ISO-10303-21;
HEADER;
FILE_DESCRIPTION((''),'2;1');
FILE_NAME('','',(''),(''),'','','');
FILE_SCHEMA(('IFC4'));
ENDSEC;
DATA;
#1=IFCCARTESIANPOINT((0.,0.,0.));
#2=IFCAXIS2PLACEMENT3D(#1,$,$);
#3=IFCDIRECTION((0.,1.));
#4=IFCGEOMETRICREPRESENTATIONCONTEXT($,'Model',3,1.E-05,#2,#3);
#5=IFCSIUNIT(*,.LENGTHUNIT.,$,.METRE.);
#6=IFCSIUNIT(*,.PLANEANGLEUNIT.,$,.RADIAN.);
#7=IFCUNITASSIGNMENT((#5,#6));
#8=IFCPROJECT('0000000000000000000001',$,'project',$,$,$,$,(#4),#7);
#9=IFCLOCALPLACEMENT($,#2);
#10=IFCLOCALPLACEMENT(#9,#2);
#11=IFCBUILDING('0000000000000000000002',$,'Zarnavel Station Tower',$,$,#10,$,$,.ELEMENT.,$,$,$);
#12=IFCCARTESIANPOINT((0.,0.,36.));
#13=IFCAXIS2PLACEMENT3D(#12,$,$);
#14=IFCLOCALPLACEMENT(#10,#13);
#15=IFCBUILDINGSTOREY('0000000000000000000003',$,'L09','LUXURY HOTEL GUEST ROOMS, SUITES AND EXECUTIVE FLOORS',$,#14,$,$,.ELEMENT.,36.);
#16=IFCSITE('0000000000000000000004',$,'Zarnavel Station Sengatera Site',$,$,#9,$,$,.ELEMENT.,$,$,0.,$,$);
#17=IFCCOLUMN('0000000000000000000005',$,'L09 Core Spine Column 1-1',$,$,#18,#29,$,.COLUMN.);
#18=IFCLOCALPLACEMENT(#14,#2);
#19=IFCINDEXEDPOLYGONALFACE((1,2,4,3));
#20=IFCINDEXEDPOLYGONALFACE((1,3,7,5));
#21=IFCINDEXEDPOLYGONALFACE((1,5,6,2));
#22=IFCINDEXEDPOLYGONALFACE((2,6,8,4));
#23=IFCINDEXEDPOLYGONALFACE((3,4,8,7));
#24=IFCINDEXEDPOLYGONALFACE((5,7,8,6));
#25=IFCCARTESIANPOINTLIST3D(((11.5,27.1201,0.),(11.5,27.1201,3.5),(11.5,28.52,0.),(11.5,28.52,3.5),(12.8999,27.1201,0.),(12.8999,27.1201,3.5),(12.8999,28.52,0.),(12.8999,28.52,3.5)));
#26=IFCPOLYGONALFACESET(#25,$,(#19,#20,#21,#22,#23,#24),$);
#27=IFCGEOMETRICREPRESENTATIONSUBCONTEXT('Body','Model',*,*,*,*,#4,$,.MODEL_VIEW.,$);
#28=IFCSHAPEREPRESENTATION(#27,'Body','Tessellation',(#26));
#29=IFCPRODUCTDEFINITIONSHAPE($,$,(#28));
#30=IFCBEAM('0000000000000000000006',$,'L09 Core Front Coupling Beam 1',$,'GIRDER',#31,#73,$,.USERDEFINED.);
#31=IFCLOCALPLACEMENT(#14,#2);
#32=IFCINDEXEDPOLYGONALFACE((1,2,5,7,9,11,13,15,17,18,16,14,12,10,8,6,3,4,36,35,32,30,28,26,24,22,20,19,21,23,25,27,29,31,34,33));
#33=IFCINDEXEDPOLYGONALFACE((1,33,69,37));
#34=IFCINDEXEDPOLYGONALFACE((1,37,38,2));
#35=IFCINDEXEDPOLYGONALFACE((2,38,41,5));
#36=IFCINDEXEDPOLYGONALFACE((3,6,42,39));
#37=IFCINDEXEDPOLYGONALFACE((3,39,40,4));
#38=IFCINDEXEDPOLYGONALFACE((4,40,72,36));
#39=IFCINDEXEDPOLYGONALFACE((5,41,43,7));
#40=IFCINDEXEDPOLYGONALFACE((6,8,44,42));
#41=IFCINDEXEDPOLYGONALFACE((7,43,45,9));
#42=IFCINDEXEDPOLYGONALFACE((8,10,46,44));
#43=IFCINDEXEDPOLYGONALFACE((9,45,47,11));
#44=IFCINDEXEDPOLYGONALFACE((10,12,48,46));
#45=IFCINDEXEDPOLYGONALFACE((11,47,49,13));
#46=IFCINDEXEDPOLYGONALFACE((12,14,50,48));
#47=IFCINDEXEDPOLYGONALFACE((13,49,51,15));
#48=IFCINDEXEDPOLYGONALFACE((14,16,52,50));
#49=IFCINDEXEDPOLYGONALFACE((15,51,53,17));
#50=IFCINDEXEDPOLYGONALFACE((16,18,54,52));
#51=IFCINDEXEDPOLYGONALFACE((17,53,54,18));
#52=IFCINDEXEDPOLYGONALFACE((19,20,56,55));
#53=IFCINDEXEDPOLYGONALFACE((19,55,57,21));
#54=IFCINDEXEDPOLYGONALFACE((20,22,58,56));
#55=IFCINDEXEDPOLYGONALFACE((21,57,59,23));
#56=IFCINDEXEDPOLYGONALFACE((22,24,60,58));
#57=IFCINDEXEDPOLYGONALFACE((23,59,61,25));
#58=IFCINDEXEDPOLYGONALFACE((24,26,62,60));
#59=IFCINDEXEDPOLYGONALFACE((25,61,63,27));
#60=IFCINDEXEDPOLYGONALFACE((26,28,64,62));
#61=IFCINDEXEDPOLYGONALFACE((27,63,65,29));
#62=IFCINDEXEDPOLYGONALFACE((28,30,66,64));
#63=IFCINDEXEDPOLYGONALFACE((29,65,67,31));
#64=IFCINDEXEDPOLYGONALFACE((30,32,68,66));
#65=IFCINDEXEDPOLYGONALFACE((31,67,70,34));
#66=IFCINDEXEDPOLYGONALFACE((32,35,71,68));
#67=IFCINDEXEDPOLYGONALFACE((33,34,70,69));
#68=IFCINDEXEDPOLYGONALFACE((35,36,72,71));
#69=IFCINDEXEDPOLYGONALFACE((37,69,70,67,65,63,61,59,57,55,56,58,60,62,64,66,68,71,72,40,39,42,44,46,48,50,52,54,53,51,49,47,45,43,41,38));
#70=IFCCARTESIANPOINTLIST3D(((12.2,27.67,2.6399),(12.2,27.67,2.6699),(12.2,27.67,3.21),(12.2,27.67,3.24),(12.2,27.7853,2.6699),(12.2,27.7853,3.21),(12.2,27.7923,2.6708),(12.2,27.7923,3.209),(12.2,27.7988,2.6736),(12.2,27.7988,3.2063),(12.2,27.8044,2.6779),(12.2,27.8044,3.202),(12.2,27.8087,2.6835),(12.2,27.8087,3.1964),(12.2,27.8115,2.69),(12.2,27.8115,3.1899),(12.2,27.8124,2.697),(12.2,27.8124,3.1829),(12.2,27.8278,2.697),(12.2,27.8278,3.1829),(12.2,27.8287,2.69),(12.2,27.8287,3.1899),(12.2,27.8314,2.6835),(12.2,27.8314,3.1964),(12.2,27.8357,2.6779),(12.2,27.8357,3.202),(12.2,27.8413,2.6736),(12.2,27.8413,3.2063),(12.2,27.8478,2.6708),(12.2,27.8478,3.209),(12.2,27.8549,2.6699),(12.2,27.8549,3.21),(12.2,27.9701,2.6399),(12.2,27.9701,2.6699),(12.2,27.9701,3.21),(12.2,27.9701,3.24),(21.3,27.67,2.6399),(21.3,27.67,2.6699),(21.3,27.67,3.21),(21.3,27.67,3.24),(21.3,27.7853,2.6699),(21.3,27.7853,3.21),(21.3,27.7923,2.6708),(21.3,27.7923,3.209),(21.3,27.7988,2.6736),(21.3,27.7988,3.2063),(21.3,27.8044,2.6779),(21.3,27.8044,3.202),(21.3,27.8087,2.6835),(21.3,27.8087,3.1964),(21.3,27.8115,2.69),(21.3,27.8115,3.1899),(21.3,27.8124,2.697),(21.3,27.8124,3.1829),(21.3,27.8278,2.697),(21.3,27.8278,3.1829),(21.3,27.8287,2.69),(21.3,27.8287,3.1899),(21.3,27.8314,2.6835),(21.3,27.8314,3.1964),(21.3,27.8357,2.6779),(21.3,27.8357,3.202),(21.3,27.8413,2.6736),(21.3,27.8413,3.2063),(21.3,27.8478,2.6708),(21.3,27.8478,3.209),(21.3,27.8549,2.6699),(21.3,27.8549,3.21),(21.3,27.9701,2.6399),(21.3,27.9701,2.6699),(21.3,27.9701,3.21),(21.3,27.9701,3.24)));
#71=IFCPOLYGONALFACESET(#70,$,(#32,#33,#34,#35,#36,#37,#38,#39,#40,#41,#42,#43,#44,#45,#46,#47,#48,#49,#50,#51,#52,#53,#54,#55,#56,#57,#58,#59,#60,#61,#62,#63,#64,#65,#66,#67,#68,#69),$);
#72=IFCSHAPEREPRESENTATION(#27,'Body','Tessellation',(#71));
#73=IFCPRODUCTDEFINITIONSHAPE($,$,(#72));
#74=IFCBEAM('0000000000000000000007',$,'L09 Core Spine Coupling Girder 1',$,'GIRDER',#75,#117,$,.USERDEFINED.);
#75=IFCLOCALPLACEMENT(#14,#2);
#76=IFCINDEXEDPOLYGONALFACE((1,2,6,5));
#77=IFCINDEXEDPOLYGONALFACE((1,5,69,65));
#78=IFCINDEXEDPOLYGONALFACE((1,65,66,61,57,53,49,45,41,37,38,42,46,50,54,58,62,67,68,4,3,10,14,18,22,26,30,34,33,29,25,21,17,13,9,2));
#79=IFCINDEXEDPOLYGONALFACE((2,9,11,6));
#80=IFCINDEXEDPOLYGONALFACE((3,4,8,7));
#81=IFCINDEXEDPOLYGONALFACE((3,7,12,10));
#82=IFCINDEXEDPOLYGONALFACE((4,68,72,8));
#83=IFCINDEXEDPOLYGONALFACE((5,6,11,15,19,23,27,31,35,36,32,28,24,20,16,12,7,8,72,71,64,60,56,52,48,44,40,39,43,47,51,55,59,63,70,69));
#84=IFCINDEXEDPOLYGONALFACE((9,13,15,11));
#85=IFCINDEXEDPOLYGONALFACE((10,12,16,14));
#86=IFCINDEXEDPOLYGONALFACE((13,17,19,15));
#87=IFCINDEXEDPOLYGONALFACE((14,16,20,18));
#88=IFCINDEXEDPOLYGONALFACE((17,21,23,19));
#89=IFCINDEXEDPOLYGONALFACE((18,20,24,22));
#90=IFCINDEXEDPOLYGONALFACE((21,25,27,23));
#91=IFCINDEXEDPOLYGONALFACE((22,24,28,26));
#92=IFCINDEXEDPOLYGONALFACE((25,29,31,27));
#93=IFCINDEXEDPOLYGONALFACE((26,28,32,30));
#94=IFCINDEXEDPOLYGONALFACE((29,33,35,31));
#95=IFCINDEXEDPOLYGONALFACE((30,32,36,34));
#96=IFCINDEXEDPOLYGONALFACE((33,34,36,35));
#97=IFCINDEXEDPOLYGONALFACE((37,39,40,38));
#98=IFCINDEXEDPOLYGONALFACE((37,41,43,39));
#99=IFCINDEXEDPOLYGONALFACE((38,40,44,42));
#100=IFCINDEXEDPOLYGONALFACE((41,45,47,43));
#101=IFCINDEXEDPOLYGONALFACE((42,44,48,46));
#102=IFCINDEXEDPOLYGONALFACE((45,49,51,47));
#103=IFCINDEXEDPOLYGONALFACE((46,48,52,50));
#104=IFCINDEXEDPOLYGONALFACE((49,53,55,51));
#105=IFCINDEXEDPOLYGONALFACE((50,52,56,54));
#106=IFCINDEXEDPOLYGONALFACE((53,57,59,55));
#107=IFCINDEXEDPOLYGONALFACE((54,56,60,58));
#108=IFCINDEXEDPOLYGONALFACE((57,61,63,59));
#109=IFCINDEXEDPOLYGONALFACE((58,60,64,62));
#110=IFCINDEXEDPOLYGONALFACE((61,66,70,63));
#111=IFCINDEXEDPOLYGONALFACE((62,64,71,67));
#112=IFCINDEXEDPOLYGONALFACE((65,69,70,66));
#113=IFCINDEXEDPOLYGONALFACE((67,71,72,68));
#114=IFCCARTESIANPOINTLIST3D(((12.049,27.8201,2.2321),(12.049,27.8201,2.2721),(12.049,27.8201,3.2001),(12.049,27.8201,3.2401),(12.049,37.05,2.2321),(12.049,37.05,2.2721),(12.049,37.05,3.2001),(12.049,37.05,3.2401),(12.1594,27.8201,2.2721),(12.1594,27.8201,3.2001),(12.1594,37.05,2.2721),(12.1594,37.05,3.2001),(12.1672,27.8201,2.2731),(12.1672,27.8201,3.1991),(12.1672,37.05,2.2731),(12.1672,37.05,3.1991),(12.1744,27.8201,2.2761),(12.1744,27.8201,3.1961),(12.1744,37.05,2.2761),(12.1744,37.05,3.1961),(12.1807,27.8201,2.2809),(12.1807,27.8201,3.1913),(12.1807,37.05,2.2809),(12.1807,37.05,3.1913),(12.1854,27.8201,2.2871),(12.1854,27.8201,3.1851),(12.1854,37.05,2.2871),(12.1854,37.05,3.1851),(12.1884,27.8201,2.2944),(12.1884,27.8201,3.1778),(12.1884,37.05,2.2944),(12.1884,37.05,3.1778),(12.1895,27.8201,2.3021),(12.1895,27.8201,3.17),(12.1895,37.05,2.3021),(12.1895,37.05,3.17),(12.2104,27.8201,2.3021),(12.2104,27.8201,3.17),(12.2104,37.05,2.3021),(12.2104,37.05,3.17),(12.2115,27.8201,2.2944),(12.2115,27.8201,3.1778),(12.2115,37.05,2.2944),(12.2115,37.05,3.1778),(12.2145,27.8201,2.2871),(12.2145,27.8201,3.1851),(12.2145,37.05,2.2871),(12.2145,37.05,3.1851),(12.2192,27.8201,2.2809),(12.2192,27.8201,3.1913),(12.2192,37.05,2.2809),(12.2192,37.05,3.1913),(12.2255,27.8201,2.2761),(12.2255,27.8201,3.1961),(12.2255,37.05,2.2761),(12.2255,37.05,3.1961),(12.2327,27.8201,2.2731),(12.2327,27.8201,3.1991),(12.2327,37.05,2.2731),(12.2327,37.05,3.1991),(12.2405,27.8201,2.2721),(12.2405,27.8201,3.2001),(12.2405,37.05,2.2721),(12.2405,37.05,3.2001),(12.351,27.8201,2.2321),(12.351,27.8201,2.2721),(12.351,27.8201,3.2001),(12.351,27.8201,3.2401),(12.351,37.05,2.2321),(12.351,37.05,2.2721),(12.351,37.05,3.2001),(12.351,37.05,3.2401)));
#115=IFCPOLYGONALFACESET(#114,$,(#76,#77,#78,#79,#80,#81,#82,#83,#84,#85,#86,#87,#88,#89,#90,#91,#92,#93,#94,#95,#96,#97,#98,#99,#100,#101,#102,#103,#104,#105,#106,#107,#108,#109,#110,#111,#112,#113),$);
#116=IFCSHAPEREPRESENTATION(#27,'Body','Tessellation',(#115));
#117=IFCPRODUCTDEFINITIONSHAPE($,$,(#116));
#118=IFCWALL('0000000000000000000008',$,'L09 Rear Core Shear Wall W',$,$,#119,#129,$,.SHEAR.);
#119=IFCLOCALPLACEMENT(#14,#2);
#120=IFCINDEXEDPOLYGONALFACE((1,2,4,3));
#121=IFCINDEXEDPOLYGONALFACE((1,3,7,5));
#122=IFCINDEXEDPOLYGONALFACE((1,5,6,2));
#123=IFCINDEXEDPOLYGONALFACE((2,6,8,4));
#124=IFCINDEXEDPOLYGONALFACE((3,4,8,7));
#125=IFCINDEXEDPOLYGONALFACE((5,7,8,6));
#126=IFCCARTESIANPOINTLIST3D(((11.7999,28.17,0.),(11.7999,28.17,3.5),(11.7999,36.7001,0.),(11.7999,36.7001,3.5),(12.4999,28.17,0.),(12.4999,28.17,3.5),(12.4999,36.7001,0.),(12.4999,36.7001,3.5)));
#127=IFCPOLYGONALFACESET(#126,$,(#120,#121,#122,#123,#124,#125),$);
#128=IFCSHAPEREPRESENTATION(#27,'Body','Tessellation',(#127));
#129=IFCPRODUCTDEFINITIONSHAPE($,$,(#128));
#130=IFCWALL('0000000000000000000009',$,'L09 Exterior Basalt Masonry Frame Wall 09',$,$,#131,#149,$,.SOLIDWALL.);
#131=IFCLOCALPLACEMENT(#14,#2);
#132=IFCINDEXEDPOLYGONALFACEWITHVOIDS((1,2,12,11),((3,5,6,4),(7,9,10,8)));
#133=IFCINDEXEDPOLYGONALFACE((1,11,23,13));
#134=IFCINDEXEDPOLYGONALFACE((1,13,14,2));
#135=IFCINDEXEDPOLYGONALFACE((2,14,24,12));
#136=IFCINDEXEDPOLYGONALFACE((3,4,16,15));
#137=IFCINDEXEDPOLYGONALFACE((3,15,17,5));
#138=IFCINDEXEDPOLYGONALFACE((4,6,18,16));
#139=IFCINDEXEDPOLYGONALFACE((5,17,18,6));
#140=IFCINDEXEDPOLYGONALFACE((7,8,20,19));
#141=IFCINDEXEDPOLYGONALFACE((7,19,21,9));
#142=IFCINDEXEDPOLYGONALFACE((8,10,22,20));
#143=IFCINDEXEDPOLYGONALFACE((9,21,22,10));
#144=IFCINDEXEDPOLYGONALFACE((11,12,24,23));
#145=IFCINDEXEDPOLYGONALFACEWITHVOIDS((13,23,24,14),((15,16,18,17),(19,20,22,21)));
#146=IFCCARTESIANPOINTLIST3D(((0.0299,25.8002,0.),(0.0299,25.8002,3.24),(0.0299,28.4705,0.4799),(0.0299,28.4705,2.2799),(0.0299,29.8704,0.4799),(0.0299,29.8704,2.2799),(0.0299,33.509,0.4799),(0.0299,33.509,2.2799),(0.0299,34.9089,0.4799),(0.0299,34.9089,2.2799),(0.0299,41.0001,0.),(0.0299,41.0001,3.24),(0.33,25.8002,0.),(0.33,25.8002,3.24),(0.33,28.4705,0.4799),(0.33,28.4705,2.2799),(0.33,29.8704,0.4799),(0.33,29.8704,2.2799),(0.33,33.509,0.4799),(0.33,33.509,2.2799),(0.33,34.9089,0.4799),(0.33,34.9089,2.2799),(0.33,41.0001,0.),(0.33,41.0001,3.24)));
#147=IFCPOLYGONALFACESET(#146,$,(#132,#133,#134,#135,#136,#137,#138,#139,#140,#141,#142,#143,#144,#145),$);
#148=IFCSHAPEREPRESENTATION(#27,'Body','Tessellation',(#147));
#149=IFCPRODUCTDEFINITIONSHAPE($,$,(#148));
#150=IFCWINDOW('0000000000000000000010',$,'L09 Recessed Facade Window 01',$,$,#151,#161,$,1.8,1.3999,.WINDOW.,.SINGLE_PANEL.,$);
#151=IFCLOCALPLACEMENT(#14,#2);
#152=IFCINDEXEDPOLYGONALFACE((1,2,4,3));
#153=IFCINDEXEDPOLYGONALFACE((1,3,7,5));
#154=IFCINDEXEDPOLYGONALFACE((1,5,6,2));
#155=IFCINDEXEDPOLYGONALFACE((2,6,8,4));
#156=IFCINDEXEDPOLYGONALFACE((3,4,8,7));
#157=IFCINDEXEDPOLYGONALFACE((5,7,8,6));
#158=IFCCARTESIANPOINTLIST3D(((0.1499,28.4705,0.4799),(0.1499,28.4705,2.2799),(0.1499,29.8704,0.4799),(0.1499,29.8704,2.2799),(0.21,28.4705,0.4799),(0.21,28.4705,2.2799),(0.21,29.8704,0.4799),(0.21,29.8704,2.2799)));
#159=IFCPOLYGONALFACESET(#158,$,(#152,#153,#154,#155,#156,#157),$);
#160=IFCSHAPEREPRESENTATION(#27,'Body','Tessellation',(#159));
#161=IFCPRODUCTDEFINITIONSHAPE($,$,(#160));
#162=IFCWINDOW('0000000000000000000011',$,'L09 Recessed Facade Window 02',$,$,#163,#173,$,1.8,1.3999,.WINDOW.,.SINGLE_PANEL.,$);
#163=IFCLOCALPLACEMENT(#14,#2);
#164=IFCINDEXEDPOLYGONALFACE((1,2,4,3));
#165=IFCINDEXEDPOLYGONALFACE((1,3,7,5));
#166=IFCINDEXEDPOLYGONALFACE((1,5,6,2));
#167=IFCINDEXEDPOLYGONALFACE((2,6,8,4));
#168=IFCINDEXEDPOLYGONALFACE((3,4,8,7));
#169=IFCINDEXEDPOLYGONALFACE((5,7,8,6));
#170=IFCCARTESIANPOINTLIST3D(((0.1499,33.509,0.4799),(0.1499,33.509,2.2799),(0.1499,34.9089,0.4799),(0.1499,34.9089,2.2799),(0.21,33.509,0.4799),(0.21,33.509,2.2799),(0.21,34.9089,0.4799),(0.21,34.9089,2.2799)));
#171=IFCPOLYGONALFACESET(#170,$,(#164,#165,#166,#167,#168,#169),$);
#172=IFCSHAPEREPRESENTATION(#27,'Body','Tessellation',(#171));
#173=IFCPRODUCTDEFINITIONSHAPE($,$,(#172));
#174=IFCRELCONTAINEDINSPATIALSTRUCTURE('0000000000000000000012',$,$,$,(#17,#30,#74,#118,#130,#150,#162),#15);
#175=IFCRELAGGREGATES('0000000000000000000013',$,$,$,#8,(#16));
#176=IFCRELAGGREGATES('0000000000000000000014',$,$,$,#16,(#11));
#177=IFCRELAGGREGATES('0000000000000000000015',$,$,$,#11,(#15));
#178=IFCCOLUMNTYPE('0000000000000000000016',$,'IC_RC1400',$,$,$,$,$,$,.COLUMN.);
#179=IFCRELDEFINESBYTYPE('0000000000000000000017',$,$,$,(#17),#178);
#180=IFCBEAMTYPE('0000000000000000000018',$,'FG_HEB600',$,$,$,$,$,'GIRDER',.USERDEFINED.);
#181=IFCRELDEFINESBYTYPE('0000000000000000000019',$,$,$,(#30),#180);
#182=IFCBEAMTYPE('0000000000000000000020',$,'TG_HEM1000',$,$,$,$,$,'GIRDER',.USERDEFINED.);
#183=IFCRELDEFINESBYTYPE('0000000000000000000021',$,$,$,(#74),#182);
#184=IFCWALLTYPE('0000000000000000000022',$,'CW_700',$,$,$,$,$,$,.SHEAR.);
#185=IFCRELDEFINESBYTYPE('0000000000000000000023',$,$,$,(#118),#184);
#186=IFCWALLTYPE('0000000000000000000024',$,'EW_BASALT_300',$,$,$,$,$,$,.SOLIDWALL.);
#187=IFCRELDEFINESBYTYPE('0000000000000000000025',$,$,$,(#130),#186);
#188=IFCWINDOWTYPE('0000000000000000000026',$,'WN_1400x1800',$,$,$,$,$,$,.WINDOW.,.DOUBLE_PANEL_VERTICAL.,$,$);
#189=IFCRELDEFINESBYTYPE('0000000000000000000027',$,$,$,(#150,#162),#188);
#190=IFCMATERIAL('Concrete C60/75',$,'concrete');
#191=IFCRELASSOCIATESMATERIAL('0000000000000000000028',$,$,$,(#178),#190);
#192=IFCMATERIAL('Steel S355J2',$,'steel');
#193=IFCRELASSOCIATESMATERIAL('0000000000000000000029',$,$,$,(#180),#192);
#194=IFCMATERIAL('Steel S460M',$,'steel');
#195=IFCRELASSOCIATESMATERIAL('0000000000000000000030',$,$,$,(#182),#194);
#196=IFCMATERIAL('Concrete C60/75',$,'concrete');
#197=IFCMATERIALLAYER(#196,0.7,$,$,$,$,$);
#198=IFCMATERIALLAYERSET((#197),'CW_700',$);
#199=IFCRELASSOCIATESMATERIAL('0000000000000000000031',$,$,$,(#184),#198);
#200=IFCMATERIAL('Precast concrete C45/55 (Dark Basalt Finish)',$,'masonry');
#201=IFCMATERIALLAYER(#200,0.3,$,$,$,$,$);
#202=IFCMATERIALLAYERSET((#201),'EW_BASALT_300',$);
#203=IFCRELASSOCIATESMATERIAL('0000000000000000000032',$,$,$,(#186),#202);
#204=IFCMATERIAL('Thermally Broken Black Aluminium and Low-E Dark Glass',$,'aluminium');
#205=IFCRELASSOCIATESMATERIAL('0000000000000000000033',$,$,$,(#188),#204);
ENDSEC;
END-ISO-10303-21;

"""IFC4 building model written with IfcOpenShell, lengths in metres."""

from ifc_helpers import new_model, si_unit, direction, frame, frame_2d, origin, origin_2d, place, context, subcontext, project, spatial, rectangle, i_section, extrude, material, layer, layer_set, material_profile, profile_set, type_object, element, fill, save


model = new_model("IFC4")

# Units and contexts
model_context = context("Model", 3, precision=1e-05, world=origin(), true_north=direction((0.0, 1.0)))
body_context = subcontext(model_context, "Body", "Model", "MODEL_VIEW")
ifc_project = project(units=[si_unit("LENGTHUNIT", "METRE"), si_unit("PLANEANGLEUNIT", "RADIAN")], contexts=[model_context])

# Site, building, storey
site_placement = place(None, origin())
site = spatial("IfcSite", under=ifc_project, at=site_placement, Name="Zarnavel Station Sengatera Site", CompositionType="ELEMENT", RefElevation=0.0)
building_placement = place(site_placement, origin())
building = spatial("IfcBuilding", under=site, at=building_placement, Name="Zarnavel Station Tower", CompositionType="ELEMENT")
storey_placement = place(building_placement, frame((0.0, 0.0, 36.0)))
storey = spatial("IfcBuildingStorey", under=building, at=storey_placement, Name="L09", Description="LUXURY HOTEL GUEST ROOMS, SUITES AND EXECUTIVE FLOORS", CompositionType="ELEMENT", Elevation=36.0)

# Column
ifc_material_1 = material(Name="Concrete C60/75", Category="concrete")
ifc_material_profile_1 = material_profile(ifc_material_1, rectangle(XDim=1.3999, YDim=1.3999, at=origin_2d()), Name="RC1400x1400")
ifc_profile_set_1 = profile_set([ifc_material_profile_1], Name="Concrete C60/75")
column_type = type_object("IfcColumnType", Name="IC_RC1400", PredefinedType="COLUMN", material=ifc_profile_set_1)
column_placement = place(storey_placement, frame((12.2, 27.8201, 0.0), z_axis=(0.0, 0.0, 1.0), x_axis=(1.0, 0.0, 0.0)))
element("IfcColumn", 1, at=column_placement, inside=storey, type_object=column_type, Name="L09 Core Spine Column 1-1", PredefinedType="COLUMN", context=body_context, shape_type="SweptSolid", body=[
    extrude(rectangle(XDim=1.3999, YDim=1.3999, at=origin_2d()), origin(), (0.0, 0.0, 1.0), 3.5),
])

# Beams
ifc_material_2 = material(Name="Steel S355J2", Category="steel")
ifc_material_profile_2 = material_profile(ifc_material_2, i_section(OverallWidth=0.3, OverallDepth=0.6001, WebThickness=0.0154, FlangeThickness=0.03, FilletRadius=0.0271, at=origin_2d()), Name="HEB600")
ifc_profile_set_2 = profile_set([ifc_material_profile_2], Name="Steel S355J2")
beam_type_1 = type_object("IfcBeamType", Name="FG_HEB600", ElementType="GIRDER", PredefinedType="USERDEFINED", material=ifc_profile_set_2)
beam_1_placement = place(storey_placement, frame((12.2, 27.8201, 2.9399), z_axis=(1.0, 0.0, 0.0), x_axis=(0.0, 1.0, 0.0)))
element("IfcBeam", 2, at=beam_1_placement, inside=storey, type_object=beam_type_1, Name="L09 Core Front Coupling Beam 1", ObjectType="GIRDER", PredefinedType="USERDEFINED", context=body_context, shape_type="SweptSolid", body=[
    extrude(i_section(OverallWidth=0.3, OverallDepth=0.6001, WebThickness=0.0154, FlangeThickness=0.03, FilletRadius=0.0271, at=origin_2d()), origin(), (0.0, 0.0, 1.0), 9.1001),
])
ifc_material_3 = material(Name="Steel S460M", Category="steel")
ifc_material_profile_3 = material_profile(ifc_material_3, i_section(OverallWidth=0.302, OverallDepth=1.0081, WebThickness=0.021, FlangeThickness=0.04, FilletRadius=0.03, at=origin_2d()), Name="HEM1000")
ifc_profile_set_3 = profile_set([ifc_material_profile_3], Name="Steel S460M")
beam_type_2 = type_object("IfcBeamType", Name="TG_HEM1000", ElementType="GIRDER", PredefinedType="USERDEFINED", material=ifc_profile_set_3)
beam_2_placement = place(storey_placement, frame((12.2, 27.8201, 2.7361), z_axis=(0.0, 1.0, 0.0), x_axis=(-1.0, 0.0, 0.0)))
element("IfcBeam", 3, at=beam_2_placement, inside=storey, type_object=beam_type_2, Name="L09 Core Spine Coupling Girder 1", ObjectType="GIRDER", PredefinedType="USERDEFINED", context=body_context, shape_type="SweptSolid", body=[
    extrude(i_section(OverallWidth=0.302, OverallDepth=1.0081, WebThickness=0.021, FlangeThickness=0.04, FilletRadius=0.03, at=origin_2d()), origin(), (0.0, 0.0, 1.0), 9.23),
])

# Wall
ifc_material_4 = material(Name="Concrete C60/75", Category="concrete")
ifc_layer_1 = layer(ifc_material_4, 0.7)
ifc_layer_set_1 = layer_set([ifc_layer_1], Name="CW_700")
wall_type_1 = type_object("IfcWallType", Name="CW_700", PredefinedType="SHEAR", material=ifc_layer_set_1)
wall_1_placement = place(storey_placement, frame((12.1499, 28.1699, 0.0), z_axis=(0.0, 0.0, 1.0), x_axis=(0.0, 1.0, 0.0)))
element("IfcWall", 4, at=wall_1_placement, inside=storey, type_object=wall_type_1, Name="L09 Rear Core Shear Wall W", PredefinedType="SHEAR", context=body_context, shape_type="SweptSolid", body=[
    extrude(rectangle(XDim=8.53, YDim=0.7, at=frame_2d((4.2651, 0.0))), origin(), (0.0, 0.0, 1.0), 3.5),
])

# Wall, openings, windows
ifc_material_5 = material(Name="Precast concrete C45/55 (Dark Basalt Finish)", Category="masonry")
ifc_layer_2 = layer(ifc_material_5, 0.3)
ifc_layer_set_2 = layer_set([ifc_layer_2], Name="EW_BASALT_300")
wall_type_2 = type_object("IfcWallType", Name="EW_BASALT_300", PredefinedType="SOLIDWALL", material=ifc_layer_set_2)
wall_2_placement = place(storey_placement, frame((0.1799, 25.8, 0.0), z_axis=(0.0, 0.0, 1.0), x_axis=(0.0, 1.0, 0.0)))
wall_2 = element("IfcWall", 5, at=wall_2_placement, inside=storey, type_object=wall_type_2, Name="L09 Exterior Basalt Masonry Frame Wall 09", PredefinedType="SOLIDWALL", context=body_context, shape_type="SweptSolid", body=[
    extrude(rectangle(XDim=15.2, YDim=0.3, at=frame_2d((7.6001, 0.0))), origin(), (0.0, 0.0, 1.0), 3.24),
])
opening_1_placement = place(wall_2_placement, frame((2.6704, 0.0, 0.48)))
opening_1 = element("IfcOpeningElement", 6, at=opening_1_placement, cuts=wall_2, PredefinedType="OPENING", context=body_context, shape_type="SweptSolid", body=[
    extrude(rectangle(XDim=1.3999, YDim=1.8, at=frame_2d((0.7, 0.8999))), frame((0.0, 0.1599, 0.0), z_axis=(0.0, -1.0, 0.0), x_axis=(1.0, 0.0, 0.0)), (0.0, 0.0, 1.0), 0.3201),
])
opening_2_placement = place(wall_2_placement, frame((7.709, 0.0, 0.48)))
opening_2 = element("IfcOpeningElement", 7, at=opening_2_placement, cuts=wall_2, PredefinedType="OPENING", context=body_context, shape_type="SweptSolid", body=[
    extrude(rectangle(XDim=1.3999, YDim=1.8, at=frame_2d((0.7, 0.8999))), frame((0.0, 0.1599, 0.0), z_axis=(0.0, -1.0, 0.0), x_axis=(1.0, 0.0, 0.0)), (0.0, 0.0, 1.0), 0.3201),
])
ifc_material_6 = material(Name="Thermally Broken Black Aluminium and Low-E Dark Glass", Category="aluminium")
window_type = type_object("IfcWindowType", Name="WN_1400x1800", PartitioningType="DOUBLE_PANEL_VERTICAL", PredefinedType="WINDOW", material=ifc_material_6)
window_1_placement = place(opening_1_placement, origin())
window_1 = element("IfcWindow", 8, at=window_1_placement, inside=storey, type_object=window_type, Name="L09 Recessed Facade Window 01", OverallHeight=1.8, OverallWidth=1.3999, PartitioningType="SINGLE_PANEL", PredefinedType="WINDOW", context=body_context, shape_type="SweptSolid", body=[
    extrude(rectangle(XDim=1.3999, YDim=1.8, at=frame_2d((0.7, 0.8999))), frame((0.0, 0.03, 0.0), z_axis=(0.0, -1.0, 0.0), x_axis=(1.0, 0.0, 0.0)), (0.0, 0.0, 1.0), 0.0601),
])
fill(opening_1, window_1)
window_2_placement = place(opening_2_placement, origin())
window_2 = element("IfcWindow", 9, at=window_2_placement, inside=storey, type_object=window_type, Name="L09 Recessed Facade Window 02", OverallHeight=1.8, OverallWidth=1.3999, PartitioningType="SINGLE_PANEL", PredefinedType="WINDOW", context=body_context, shape_type="SweptSolid", body=[
    extrude(rectangle(XDim=1.3999, YDim=1.8, at=frame_2d((0.7, 0.8999))), frame((0.0, 0.03, 0.0), z_axis=(0.0, -1.0, 0.0), x_axis=(1.0, 0.0, 0.0)), (0.0, 0.0, 1.0), 0.0601),
])
fill(opening_2, window_2)

save(model, "model.ifc")
